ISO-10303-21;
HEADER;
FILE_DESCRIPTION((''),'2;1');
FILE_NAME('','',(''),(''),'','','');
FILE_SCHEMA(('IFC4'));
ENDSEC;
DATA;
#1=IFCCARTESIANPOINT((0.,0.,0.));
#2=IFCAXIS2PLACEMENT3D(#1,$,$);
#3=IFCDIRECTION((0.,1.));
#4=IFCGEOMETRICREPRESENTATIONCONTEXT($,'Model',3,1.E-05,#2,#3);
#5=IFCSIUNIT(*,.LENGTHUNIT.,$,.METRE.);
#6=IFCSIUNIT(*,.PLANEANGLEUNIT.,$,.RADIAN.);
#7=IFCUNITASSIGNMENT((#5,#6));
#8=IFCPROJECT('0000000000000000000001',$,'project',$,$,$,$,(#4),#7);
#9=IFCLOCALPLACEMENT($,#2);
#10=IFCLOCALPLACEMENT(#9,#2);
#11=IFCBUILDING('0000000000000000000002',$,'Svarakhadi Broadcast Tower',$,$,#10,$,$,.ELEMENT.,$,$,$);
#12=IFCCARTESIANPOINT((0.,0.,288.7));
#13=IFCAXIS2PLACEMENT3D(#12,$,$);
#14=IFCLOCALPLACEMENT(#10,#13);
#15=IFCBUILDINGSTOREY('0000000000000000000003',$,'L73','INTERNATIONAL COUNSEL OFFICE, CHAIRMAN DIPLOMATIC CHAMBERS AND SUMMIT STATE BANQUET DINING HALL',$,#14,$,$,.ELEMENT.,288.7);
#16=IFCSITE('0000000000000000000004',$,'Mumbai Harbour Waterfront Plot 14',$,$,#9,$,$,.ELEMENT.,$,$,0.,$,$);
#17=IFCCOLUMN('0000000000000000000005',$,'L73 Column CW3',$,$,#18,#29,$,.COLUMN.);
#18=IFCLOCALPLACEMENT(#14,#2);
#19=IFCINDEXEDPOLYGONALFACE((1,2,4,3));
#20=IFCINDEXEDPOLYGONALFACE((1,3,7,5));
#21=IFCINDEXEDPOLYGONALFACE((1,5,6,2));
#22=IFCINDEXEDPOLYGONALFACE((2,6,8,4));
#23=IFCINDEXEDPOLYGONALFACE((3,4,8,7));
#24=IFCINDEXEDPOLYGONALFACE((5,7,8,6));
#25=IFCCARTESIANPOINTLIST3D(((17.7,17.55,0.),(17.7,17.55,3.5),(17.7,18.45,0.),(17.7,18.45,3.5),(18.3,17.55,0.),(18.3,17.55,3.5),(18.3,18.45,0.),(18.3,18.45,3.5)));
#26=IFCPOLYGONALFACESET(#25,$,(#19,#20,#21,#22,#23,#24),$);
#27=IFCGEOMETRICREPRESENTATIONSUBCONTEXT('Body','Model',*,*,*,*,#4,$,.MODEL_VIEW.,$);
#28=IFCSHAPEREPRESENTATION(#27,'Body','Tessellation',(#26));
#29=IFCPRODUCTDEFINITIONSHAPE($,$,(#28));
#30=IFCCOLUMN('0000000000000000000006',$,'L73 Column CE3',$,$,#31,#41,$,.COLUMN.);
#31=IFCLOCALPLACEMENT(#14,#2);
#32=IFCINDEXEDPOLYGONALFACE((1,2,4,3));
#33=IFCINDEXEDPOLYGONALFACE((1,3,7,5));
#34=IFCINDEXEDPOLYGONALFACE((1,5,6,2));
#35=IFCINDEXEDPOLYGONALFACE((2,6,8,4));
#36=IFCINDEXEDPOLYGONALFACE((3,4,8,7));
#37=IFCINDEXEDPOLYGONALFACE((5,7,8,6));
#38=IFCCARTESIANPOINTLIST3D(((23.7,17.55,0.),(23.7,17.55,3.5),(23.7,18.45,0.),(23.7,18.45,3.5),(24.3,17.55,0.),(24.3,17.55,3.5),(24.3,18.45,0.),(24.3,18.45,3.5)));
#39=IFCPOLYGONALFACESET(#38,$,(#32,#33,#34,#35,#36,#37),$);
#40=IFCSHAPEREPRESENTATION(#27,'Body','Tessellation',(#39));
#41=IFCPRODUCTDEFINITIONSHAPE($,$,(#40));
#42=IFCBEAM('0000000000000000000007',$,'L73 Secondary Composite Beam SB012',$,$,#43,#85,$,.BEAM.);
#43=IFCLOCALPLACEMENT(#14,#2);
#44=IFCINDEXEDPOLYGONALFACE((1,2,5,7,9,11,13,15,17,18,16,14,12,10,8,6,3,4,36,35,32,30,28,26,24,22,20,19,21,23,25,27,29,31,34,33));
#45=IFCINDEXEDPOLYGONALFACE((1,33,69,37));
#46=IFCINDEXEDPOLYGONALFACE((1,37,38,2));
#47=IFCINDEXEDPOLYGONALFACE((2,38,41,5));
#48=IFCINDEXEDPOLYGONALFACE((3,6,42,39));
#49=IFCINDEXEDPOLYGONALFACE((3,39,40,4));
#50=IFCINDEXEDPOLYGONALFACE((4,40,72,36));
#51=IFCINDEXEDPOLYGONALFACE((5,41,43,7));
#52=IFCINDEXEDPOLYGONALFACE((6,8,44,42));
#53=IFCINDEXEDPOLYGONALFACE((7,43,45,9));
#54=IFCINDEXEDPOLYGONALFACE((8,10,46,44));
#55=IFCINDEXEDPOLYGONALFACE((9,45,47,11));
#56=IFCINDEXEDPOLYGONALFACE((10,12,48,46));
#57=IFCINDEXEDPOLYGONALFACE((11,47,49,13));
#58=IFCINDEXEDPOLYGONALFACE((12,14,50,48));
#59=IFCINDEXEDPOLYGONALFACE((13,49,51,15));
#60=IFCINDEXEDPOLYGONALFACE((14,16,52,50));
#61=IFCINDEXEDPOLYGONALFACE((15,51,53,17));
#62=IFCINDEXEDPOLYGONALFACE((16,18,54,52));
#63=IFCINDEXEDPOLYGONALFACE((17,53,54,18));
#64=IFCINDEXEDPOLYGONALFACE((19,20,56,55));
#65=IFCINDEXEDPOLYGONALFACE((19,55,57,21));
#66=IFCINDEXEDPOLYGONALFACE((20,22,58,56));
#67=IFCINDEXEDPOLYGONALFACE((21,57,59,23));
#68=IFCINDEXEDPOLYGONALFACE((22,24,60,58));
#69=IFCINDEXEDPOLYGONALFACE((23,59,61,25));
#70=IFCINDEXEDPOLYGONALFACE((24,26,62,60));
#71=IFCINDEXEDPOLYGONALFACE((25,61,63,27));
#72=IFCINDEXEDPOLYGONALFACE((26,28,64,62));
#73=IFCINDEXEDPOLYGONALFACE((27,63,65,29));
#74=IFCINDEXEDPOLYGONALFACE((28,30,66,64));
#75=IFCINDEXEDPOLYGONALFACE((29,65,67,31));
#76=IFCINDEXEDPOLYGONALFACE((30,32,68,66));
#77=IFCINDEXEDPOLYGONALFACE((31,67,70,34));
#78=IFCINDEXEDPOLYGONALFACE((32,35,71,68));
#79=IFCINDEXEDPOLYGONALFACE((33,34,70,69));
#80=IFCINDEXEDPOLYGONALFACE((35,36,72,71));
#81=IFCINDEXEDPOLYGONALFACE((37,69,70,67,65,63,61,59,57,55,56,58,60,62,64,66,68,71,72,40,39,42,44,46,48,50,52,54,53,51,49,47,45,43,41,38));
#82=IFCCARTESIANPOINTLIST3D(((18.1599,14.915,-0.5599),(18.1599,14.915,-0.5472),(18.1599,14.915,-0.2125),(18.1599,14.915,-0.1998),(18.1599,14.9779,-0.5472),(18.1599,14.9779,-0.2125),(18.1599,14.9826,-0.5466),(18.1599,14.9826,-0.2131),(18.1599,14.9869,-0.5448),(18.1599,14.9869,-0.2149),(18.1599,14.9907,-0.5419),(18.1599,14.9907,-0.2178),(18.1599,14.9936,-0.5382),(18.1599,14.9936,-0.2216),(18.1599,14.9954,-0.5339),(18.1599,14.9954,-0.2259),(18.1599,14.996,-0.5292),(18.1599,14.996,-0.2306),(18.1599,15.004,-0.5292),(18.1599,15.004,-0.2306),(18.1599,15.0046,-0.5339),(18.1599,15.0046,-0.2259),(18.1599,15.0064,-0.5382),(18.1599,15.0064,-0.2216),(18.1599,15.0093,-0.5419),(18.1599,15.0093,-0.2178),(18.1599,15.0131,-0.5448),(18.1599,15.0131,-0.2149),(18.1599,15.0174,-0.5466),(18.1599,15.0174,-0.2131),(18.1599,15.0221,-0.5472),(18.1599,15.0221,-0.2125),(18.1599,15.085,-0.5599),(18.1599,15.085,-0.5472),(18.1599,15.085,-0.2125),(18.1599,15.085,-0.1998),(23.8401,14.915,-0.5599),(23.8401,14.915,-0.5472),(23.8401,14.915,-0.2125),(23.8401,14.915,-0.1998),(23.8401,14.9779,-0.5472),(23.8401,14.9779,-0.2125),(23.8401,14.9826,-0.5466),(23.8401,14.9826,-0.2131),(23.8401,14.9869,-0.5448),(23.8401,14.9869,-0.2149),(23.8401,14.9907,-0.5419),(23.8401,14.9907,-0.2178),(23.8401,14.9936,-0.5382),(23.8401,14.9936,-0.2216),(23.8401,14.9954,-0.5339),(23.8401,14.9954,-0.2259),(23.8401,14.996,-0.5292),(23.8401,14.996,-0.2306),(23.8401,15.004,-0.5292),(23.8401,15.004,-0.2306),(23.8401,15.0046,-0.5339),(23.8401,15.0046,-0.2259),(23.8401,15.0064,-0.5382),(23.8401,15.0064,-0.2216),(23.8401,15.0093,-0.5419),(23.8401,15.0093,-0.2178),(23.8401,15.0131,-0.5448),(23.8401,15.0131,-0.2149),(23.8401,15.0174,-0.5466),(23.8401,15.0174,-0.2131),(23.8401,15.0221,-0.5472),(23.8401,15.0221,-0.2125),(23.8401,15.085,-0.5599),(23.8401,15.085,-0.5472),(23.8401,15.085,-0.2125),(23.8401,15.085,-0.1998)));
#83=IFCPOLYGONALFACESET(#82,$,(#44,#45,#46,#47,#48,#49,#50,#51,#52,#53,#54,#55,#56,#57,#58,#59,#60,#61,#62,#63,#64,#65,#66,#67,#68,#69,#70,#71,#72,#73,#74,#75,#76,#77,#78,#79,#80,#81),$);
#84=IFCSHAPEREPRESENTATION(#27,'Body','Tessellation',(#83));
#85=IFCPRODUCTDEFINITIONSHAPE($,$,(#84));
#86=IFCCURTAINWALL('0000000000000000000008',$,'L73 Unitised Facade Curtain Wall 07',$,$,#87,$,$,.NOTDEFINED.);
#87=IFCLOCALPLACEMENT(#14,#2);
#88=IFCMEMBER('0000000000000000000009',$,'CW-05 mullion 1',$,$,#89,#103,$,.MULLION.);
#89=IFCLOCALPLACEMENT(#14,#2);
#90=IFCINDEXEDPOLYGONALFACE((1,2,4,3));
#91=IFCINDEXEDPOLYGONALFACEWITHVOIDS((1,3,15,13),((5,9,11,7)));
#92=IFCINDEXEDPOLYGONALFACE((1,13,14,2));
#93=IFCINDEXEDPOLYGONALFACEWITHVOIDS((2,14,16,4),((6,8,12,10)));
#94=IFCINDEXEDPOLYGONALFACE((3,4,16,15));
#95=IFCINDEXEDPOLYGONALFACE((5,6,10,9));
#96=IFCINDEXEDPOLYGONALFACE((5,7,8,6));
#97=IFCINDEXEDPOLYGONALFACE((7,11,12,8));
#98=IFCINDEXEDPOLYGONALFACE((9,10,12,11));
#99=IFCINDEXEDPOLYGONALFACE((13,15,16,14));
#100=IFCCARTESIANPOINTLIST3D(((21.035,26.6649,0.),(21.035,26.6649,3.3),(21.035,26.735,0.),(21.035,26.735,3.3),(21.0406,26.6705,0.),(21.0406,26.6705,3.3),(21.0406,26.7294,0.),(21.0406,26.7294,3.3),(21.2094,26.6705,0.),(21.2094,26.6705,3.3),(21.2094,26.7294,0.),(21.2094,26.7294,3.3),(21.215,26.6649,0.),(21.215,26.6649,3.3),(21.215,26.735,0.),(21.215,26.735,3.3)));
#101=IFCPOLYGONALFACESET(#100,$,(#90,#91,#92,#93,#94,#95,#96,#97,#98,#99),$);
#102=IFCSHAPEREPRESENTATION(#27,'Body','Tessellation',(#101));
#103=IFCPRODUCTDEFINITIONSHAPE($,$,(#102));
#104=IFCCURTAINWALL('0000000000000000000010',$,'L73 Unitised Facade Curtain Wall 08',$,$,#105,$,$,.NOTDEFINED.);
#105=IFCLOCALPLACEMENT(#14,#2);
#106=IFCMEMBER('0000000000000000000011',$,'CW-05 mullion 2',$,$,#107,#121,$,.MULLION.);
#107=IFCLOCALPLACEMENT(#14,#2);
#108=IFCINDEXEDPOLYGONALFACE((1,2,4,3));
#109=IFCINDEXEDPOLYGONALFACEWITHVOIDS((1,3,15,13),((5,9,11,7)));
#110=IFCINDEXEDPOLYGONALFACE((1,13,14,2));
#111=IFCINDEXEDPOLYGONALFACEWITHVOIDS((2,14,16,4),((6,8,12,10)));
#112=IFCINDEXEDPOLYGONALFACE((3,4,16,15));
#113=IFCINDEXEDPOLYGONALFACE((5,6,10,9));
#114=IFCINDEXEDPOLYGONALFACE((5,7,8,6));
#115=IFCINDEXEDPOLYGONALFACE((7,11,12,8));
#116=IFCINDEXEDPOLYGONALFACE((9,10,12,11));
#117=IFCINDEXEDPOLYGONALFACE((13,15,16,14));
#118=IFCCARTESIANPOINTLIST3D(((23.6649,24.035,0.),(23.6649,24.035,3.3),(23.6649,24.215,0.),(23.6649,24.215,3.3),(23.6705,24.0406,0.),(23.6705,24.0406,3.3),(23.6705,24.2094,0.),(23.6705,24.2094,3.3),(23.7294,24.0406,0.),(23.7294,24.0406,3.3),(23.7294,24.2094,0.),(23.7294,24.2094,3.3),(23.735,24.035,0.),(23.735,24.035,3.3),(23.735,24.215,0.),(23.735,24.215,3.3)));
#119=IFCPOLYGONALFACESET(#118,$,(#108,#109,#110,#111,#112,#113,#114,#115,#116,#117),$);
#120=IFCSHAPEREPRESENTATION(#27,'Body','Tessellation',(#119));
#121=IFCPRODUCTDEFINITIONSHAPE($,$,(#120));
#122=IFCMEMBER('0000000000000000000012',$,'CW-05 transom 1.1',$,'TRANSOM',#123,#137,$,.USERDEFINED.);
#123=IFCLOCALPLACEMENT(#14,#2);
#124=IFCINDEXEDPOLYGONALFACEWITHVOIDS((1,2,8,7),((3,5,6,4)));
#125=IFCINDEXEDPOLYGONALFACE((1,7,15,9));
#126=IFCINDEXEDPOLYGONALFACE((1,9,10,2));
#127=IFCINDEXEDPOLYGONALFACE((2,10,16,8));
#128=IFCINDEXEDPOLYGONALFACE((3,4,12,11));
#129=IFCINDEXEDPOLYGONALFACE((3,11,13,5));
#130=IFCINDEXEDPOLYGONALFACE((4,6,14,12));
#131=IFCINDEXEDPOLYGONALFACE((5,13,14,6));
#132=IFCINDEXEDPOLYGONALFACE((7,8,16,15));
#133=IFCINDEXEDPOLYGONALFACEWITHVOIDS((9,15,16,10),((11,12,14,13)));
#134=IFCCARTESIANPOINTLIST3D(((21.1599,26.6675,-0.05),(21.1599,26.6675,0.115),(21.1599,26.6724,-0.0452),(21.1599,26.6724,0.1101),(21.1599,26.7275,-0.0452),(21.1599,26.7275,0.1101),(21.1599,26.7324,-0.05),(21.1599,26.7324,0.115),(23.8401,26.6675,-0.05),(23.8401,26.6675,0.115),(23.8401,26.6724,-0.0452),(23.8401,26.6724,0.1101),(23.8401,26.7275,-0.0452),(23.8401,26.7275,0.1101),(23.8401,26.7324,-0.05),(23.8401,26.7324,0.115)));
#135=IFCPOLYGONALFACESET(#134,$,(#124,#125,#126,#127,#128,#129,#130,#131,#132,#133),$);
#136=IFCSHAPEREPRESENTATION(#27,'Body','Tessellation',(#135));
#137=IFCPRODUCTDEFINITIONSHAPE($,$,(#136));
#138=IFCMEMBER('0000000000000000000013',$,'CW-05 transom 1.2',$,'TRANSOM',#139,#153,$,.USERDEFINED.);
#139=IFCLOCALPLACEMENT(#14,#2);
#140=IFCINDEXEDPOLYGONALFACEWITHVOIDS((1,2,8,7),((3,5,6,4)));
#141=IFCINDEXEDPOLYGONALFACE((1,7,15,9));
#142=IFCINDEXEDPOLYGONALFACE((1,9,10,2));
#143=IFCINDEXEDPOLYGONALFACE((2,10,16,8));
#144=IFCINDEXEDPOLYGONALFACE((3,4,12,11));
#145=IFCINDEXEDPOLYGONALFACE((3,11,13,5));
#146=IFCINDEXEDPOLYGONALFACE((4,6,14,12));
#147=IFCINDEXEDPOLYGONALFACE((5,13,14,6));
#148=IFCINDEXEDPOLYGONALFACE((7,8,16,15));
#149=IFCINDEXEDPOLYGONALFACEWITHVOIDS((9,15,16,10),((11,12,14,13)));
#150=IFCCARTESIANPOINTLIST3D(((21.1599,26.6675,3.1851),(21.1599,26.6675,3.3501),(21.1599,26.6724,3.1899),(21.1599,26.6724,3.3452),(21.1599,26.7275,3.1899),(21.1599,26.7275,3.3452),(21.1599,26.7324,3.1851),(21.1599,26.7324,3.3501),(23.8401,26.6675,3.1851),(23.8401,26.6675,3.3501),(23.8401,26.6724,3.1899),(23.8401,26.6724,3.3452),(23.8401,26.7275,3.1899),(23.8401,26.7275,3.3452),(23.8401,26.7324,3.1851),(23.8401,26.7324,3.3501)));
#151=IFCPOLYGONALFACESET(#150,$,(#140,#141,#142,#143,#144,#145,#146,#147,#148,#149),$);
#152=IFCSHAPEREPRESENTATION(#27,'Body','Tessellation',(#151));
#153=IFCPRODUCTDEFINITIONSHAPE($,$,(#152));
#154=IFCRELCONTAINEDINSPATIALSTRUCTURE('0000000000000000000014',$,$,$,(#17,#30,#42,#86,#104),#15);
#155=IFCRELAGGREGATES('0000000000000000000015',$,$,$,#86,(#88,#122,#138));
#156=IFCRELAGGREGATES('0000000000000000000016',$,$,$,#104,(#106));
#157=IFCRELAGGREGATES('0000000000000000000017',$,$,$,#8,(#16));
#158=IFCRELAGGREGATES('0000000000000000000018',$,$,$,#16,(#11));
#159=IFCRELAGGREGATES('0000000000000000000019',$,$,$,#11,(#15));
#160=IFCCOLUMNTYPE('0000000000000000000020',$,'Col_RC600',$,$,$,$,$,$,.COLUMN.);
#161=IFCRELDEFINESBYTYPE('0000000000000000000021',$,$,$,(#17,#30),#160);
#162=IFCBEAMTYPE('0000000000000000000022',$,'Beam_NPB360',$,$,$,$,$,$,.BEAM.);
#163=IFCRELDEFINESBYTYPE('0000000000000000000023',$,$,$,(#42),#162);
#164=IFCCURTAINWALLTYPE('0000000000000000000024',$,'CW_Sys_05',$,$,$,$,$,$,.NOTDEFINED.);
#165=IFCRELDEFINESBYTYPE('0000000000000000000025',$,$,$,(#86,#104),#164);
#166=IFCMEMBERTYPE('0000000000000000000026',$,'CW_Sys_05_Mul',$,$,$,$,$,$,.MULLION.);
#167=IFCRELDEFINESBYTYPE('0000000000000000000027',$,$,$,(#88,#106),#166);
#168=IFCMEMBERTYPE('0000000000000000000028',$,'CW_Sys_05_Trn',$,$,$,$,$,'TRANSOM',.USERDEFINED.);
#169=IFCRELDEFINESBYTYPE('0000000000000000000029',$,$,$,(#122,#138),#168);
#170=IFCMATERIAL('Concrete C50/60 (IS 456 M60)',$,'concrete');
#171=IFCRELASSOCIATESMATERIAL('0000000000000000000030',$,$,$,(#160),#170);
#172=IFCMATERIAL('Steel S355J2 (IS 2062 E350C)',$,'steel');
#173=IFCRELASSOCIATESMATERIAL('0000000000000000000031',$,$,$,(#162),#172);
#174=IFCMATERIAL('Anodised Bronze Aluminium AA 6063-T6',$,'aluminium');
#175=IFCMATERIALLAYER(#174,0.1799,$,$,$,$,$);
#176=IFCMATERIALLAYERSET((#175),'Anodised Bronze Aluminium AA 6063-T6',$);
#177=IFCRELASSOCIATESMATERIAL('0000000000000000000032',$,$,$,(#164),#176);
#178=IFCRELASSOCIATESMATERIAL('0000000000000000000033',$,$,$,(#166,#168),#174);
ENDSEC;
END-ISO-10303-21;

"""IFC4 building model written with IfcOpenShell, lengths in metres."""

from ifc_helpers import new_model, si_unit, direction, frame, origin, origin_2d, place, context, subcontext, project, spatial, rectangle, hollow_rectangle, i_section, extrude, material, layer, layer_set, material_profile, profile_set, type_object, element, aggregate, save


model = new_model("IFC4")

# Units and contexts
model_context = context("Model", 3, precision=1e-05, world=origin(), true_north=direction((0.0, 1.0)))
body_context = subcontext(model_context, "Body", "Model", "MODEL_VIEW")
ifc_project = project(units=[si_unit("LENGTHUNIT", "METRE"), si_unit("PLANEANGLEUNIT", "RADIAN")], contexts=[model_context])

# Site, building, storey
site_placement = place(None, origin())
site = spatial("IfcSite", under=ifc_project, at=site_placement, Name="Mumbai Harbour Waterfront Plot 14", CompositionType="ELEMENT", RefElevation=0.0)
building_placement = place(site_placement, origin())
building = spatial("IfcBuilding", under=site, at=building_placement, Name="Svarakhadi Broadcast Tower", CompositionType="ELEMENT")
storey_placement = place(building_placement, frame((0.0, 0.0, 288.7)))
storey = spatial("IfcBuildingStorey", under=building, at=storey_placement, Name="L73", Description="INTERNATIONAL COUNSEL OFFICE, CHAIRMAN DIPLOMATIC CHAMBERS AND SUMMIT STATE BANQUET DINING HALL", CompositionType="ELEMENT", Elevation=288.7)

# Columns
ifc_material_1 = material(Name="Concrete C50/60 (IS 456 M60)", Category="concrete")
ifc_material_profile_1 = material_profile(ifc_material_1, rectangle(XDim=0.6001, YDim=0.8999, at=origin_2d()), Name="RC 600x900")
ifc_profile_set_1 = profile_set([ifc_material_profile_1], Name="Concrete C50/60 (IS 456 M60)")
column_type = type_object("IfcColumnType", Name="Col_RC600", PredefinedType="COLUMN", material=ifc_profile_set_1)
for number, where, z_axis, x_axis, name in (
    (1, (18.0, 18.0, 0.0), (0.0, 0.0, 1.0), (1.0, 0.0, 0.0), "L73 Column CW3"),
    (2, (24.0, 18.0, 0.0), (0.0, 0.0, 1.0), (1.0, 0.0, 0.0), "L73 Column CE3"),
):
    element("IfcColumn", number, at=place(storey_placement, frame(where, z_axis=z_axis, x_axis=x_axis)), inside=storey, type_object=column_type, Name=name, PredefinedType="COLUMN", context=body_context, shape_type="SweptSolid", body=[
        extrude(rectangle(XDim=0.6001, YDim=0.8999, at=origin_2d()), origin(), (0.0, 0.0, 1.0), 3.5),
    ])

# Beam
ifc_material_2 = material(Name="Steel S355J2 (IS 2062 E350C)", Category="steel")
ifc_material_profile_2 = material_profile(ifc_material_2, i_section(OverallWidth=0.1699, OverallDepth=0.3601, WebThickness=0.0081, FlangeThickness=0.0127, FilletRadius=0.0181, at=origin_2d()), Name="NPB 360x170x57")
ifc_profile_set_2 = profile_set([ifc_material_profile_2], Name="Steel S355J2 (IS 2062 E350C)")
beam_type_1 = type_object("IfcBeamType", Name="Beam_NPB360", PredefinedType="BEAM", material=ifc_profile_set_2)
beam_1_placement = place(storey_placement, frame((18.1599, 15.0, -0.3799), z_axis=(1.0, 0.0, 0.0), x_axis=(0.0, 1.0, 0.0)))
element("IfcBeam", 3, at=beam_1_placement, inside=storey, type_object=beam_type_1, Name="L73 Secondary Composite Beam SB012", PredefinedType="BEAM", context=body_context, shape_type="SweptSolid", body=[
    extrude(i_section(OverallWidth=0.1699, OverallDepth=0.3601, WebThickness=0.0081, FlangeThickness=0.0127, FilletRadius=0.0181, at=origin_2d()), origin(), (0.0, 0.0, 1.0), 5.6802),
])

# Curtain walls, members
ifc_material_3 = material(Name="Anodised Bronze Aluminium AA 6063-T6", Category="aluminium")
ifc_layer_1 = layer(ifc_material_3, 0.1799)
ifc_layer_set_1 = layer_set([ifc_layer_1], Name="Anodised Bronze Aluminium AA 6063-T6")
curtain_wall_type = type_object("IfcCurtainWallType", Name="CW_Sys_05", PredefinedType="NOTDEFINED", material=ifc_layer_set_1)
curtain_wall_1_placement = place(storey_placement, origin())
curtain_wall_1 = element("IfcCurtainWall", 4, at=curtain_wall_1_placement, inside=storey, type_object=curtain_wall_type, Name="L73 Unitised Facade Curtain Wall 07", PredefinedType="NOTDEFINED")
ifc_material_profile_3 = material_profile(ifc_material_3, hollow_rectangle(XDim=0.0701, YDim=0.1799, WallThickness=0.0056, at=origin_2d()), Name="ALU MULLION 180x70x6")
ifc_profile_set_3 = profile_set([ifc_material_profile_3], Name="Anodised Bronze Aluminium AA 6063-T6")
member_type_1 = type_object("IfcMemberType", Name="CW_Sys_05_Mul", PredefinedType="MULLION", material=ifc_profile_set_3)
member_1_placement = place(storey_placement, frame((21.125, 26.7, 0.0), z_axis=(0.0, 0.0, 1.0), x_axis=(0.0, 1.0, 0.0)))
member_1 = element("IfcMember", 5, at=member_1_placement, type_object=member_type_1, Name="CW-05 mullion 1", PredefinedType="MULLION", context=body_context, shape_type="SweptSolid", body=[
    extrude(hollow_rectangle(XDim=0.0701, YDim=0.1799, WallThickness=0.0056, at=origin_2d()), origin(), (0.0, 0.0, 1.0), 3.3),
])
curtain_wall_2_placement = place(storey_placement, origin())
curtain_wall_2 = element("IfcCurtainWall", 6, at=curtain_wall_2_placement, inside=storey, type_object=curtain_wall_type, Name="L73 Unitised Facade Curtain Wall 08", PredefinedType="NOTDEFINED")
member_2_placement = place(storey_placement, frame((23.7, 24.125, 0.0), z_axis=(0.0, 0.0, 1.0), x_axis=(1.0, 0.0, 0.0)))
member_2 = element("IfcMember", 7, at=member_2_placement, type_object=member_type_1, Name="CW-05 mullion 2", PredefinedType="MULLION", context=body_context, shape_type="SweptSolid", body=[
    extrude(hollow_rectangle(XDim=0.0701, YDim=0.1799, WallThickness=0.0056, at=origin_2d()), origin(), (0.0, 0.0, 1.0), 3.3),
])

# Members
ifc_material_profile_4 = material_profile(ifc_material_3, hollow_rectangle(XDim=0.0649, YDim=0.165, WallThickness=0.0049, at=origin_2d()), Name="ALU TRANSOM 165x65x5")
ifc_profile_set_4 = profile_set([ifc_material_profile_4], Name="Anodised Bronze Aluminium AA 6063-T6")
member_type_2 = type_object("IfcMemberType", Name="CW_Sys_05_Trn", ElementType="TRANSOM", PredefinedType="USERDEFINED", material=ifc_profile_set_4)
member_3_placement = place(storey_placement, frame((21.1599, 26.7, 0.0325), z_axis=(1.0, 0.0, 0.0), x_axis=(0.0, 1.0, 0.0)))
member_3 = element("IfcMember", 8, at=member_3_placement, type_object=member_type_2, Name="CW-05 transom 1.1", ObjectType="TRANSOM", PredefinedType="USERDEFINED", context=body_context, shape_type="SweptSolid", body=[
    extrude(hollow_rectangle(XDim=0.0649, YDim=0.165, WallThickness=0.0049, at=origin_2d()), origin(), (0.0, 0.0, 1.0), 2.6802),
])
member_4_placement = place(storey_placement, frame((21.1599, 26.7, 3.2676), z_axis=(1.0, 0.0, 0.0), x_axis=(0.0, 1.0, 0.0)))
member_4 = element("IfcMember", 9, at=member_4_placement, type_object=member_type_2, Name="CW-05 transom 1.2", ObjectType="TRANSOM", PredefinedType="USERDEFINED", context=body_context, shape_type="SweptSolid", body=[
    extrude(hollow_rectangle(XDim=0.0649, YDim=0.165, WallThickness=0.0049, at=origin_2d()), origin(), (0.0, 0.0, 1.0), 2.6802),
])
aggregate(curtain_wall_1, [member_1, member_3, member_4])

aggregate(curtain_wall_2, [member_2])

save(model, "model.ifc")
